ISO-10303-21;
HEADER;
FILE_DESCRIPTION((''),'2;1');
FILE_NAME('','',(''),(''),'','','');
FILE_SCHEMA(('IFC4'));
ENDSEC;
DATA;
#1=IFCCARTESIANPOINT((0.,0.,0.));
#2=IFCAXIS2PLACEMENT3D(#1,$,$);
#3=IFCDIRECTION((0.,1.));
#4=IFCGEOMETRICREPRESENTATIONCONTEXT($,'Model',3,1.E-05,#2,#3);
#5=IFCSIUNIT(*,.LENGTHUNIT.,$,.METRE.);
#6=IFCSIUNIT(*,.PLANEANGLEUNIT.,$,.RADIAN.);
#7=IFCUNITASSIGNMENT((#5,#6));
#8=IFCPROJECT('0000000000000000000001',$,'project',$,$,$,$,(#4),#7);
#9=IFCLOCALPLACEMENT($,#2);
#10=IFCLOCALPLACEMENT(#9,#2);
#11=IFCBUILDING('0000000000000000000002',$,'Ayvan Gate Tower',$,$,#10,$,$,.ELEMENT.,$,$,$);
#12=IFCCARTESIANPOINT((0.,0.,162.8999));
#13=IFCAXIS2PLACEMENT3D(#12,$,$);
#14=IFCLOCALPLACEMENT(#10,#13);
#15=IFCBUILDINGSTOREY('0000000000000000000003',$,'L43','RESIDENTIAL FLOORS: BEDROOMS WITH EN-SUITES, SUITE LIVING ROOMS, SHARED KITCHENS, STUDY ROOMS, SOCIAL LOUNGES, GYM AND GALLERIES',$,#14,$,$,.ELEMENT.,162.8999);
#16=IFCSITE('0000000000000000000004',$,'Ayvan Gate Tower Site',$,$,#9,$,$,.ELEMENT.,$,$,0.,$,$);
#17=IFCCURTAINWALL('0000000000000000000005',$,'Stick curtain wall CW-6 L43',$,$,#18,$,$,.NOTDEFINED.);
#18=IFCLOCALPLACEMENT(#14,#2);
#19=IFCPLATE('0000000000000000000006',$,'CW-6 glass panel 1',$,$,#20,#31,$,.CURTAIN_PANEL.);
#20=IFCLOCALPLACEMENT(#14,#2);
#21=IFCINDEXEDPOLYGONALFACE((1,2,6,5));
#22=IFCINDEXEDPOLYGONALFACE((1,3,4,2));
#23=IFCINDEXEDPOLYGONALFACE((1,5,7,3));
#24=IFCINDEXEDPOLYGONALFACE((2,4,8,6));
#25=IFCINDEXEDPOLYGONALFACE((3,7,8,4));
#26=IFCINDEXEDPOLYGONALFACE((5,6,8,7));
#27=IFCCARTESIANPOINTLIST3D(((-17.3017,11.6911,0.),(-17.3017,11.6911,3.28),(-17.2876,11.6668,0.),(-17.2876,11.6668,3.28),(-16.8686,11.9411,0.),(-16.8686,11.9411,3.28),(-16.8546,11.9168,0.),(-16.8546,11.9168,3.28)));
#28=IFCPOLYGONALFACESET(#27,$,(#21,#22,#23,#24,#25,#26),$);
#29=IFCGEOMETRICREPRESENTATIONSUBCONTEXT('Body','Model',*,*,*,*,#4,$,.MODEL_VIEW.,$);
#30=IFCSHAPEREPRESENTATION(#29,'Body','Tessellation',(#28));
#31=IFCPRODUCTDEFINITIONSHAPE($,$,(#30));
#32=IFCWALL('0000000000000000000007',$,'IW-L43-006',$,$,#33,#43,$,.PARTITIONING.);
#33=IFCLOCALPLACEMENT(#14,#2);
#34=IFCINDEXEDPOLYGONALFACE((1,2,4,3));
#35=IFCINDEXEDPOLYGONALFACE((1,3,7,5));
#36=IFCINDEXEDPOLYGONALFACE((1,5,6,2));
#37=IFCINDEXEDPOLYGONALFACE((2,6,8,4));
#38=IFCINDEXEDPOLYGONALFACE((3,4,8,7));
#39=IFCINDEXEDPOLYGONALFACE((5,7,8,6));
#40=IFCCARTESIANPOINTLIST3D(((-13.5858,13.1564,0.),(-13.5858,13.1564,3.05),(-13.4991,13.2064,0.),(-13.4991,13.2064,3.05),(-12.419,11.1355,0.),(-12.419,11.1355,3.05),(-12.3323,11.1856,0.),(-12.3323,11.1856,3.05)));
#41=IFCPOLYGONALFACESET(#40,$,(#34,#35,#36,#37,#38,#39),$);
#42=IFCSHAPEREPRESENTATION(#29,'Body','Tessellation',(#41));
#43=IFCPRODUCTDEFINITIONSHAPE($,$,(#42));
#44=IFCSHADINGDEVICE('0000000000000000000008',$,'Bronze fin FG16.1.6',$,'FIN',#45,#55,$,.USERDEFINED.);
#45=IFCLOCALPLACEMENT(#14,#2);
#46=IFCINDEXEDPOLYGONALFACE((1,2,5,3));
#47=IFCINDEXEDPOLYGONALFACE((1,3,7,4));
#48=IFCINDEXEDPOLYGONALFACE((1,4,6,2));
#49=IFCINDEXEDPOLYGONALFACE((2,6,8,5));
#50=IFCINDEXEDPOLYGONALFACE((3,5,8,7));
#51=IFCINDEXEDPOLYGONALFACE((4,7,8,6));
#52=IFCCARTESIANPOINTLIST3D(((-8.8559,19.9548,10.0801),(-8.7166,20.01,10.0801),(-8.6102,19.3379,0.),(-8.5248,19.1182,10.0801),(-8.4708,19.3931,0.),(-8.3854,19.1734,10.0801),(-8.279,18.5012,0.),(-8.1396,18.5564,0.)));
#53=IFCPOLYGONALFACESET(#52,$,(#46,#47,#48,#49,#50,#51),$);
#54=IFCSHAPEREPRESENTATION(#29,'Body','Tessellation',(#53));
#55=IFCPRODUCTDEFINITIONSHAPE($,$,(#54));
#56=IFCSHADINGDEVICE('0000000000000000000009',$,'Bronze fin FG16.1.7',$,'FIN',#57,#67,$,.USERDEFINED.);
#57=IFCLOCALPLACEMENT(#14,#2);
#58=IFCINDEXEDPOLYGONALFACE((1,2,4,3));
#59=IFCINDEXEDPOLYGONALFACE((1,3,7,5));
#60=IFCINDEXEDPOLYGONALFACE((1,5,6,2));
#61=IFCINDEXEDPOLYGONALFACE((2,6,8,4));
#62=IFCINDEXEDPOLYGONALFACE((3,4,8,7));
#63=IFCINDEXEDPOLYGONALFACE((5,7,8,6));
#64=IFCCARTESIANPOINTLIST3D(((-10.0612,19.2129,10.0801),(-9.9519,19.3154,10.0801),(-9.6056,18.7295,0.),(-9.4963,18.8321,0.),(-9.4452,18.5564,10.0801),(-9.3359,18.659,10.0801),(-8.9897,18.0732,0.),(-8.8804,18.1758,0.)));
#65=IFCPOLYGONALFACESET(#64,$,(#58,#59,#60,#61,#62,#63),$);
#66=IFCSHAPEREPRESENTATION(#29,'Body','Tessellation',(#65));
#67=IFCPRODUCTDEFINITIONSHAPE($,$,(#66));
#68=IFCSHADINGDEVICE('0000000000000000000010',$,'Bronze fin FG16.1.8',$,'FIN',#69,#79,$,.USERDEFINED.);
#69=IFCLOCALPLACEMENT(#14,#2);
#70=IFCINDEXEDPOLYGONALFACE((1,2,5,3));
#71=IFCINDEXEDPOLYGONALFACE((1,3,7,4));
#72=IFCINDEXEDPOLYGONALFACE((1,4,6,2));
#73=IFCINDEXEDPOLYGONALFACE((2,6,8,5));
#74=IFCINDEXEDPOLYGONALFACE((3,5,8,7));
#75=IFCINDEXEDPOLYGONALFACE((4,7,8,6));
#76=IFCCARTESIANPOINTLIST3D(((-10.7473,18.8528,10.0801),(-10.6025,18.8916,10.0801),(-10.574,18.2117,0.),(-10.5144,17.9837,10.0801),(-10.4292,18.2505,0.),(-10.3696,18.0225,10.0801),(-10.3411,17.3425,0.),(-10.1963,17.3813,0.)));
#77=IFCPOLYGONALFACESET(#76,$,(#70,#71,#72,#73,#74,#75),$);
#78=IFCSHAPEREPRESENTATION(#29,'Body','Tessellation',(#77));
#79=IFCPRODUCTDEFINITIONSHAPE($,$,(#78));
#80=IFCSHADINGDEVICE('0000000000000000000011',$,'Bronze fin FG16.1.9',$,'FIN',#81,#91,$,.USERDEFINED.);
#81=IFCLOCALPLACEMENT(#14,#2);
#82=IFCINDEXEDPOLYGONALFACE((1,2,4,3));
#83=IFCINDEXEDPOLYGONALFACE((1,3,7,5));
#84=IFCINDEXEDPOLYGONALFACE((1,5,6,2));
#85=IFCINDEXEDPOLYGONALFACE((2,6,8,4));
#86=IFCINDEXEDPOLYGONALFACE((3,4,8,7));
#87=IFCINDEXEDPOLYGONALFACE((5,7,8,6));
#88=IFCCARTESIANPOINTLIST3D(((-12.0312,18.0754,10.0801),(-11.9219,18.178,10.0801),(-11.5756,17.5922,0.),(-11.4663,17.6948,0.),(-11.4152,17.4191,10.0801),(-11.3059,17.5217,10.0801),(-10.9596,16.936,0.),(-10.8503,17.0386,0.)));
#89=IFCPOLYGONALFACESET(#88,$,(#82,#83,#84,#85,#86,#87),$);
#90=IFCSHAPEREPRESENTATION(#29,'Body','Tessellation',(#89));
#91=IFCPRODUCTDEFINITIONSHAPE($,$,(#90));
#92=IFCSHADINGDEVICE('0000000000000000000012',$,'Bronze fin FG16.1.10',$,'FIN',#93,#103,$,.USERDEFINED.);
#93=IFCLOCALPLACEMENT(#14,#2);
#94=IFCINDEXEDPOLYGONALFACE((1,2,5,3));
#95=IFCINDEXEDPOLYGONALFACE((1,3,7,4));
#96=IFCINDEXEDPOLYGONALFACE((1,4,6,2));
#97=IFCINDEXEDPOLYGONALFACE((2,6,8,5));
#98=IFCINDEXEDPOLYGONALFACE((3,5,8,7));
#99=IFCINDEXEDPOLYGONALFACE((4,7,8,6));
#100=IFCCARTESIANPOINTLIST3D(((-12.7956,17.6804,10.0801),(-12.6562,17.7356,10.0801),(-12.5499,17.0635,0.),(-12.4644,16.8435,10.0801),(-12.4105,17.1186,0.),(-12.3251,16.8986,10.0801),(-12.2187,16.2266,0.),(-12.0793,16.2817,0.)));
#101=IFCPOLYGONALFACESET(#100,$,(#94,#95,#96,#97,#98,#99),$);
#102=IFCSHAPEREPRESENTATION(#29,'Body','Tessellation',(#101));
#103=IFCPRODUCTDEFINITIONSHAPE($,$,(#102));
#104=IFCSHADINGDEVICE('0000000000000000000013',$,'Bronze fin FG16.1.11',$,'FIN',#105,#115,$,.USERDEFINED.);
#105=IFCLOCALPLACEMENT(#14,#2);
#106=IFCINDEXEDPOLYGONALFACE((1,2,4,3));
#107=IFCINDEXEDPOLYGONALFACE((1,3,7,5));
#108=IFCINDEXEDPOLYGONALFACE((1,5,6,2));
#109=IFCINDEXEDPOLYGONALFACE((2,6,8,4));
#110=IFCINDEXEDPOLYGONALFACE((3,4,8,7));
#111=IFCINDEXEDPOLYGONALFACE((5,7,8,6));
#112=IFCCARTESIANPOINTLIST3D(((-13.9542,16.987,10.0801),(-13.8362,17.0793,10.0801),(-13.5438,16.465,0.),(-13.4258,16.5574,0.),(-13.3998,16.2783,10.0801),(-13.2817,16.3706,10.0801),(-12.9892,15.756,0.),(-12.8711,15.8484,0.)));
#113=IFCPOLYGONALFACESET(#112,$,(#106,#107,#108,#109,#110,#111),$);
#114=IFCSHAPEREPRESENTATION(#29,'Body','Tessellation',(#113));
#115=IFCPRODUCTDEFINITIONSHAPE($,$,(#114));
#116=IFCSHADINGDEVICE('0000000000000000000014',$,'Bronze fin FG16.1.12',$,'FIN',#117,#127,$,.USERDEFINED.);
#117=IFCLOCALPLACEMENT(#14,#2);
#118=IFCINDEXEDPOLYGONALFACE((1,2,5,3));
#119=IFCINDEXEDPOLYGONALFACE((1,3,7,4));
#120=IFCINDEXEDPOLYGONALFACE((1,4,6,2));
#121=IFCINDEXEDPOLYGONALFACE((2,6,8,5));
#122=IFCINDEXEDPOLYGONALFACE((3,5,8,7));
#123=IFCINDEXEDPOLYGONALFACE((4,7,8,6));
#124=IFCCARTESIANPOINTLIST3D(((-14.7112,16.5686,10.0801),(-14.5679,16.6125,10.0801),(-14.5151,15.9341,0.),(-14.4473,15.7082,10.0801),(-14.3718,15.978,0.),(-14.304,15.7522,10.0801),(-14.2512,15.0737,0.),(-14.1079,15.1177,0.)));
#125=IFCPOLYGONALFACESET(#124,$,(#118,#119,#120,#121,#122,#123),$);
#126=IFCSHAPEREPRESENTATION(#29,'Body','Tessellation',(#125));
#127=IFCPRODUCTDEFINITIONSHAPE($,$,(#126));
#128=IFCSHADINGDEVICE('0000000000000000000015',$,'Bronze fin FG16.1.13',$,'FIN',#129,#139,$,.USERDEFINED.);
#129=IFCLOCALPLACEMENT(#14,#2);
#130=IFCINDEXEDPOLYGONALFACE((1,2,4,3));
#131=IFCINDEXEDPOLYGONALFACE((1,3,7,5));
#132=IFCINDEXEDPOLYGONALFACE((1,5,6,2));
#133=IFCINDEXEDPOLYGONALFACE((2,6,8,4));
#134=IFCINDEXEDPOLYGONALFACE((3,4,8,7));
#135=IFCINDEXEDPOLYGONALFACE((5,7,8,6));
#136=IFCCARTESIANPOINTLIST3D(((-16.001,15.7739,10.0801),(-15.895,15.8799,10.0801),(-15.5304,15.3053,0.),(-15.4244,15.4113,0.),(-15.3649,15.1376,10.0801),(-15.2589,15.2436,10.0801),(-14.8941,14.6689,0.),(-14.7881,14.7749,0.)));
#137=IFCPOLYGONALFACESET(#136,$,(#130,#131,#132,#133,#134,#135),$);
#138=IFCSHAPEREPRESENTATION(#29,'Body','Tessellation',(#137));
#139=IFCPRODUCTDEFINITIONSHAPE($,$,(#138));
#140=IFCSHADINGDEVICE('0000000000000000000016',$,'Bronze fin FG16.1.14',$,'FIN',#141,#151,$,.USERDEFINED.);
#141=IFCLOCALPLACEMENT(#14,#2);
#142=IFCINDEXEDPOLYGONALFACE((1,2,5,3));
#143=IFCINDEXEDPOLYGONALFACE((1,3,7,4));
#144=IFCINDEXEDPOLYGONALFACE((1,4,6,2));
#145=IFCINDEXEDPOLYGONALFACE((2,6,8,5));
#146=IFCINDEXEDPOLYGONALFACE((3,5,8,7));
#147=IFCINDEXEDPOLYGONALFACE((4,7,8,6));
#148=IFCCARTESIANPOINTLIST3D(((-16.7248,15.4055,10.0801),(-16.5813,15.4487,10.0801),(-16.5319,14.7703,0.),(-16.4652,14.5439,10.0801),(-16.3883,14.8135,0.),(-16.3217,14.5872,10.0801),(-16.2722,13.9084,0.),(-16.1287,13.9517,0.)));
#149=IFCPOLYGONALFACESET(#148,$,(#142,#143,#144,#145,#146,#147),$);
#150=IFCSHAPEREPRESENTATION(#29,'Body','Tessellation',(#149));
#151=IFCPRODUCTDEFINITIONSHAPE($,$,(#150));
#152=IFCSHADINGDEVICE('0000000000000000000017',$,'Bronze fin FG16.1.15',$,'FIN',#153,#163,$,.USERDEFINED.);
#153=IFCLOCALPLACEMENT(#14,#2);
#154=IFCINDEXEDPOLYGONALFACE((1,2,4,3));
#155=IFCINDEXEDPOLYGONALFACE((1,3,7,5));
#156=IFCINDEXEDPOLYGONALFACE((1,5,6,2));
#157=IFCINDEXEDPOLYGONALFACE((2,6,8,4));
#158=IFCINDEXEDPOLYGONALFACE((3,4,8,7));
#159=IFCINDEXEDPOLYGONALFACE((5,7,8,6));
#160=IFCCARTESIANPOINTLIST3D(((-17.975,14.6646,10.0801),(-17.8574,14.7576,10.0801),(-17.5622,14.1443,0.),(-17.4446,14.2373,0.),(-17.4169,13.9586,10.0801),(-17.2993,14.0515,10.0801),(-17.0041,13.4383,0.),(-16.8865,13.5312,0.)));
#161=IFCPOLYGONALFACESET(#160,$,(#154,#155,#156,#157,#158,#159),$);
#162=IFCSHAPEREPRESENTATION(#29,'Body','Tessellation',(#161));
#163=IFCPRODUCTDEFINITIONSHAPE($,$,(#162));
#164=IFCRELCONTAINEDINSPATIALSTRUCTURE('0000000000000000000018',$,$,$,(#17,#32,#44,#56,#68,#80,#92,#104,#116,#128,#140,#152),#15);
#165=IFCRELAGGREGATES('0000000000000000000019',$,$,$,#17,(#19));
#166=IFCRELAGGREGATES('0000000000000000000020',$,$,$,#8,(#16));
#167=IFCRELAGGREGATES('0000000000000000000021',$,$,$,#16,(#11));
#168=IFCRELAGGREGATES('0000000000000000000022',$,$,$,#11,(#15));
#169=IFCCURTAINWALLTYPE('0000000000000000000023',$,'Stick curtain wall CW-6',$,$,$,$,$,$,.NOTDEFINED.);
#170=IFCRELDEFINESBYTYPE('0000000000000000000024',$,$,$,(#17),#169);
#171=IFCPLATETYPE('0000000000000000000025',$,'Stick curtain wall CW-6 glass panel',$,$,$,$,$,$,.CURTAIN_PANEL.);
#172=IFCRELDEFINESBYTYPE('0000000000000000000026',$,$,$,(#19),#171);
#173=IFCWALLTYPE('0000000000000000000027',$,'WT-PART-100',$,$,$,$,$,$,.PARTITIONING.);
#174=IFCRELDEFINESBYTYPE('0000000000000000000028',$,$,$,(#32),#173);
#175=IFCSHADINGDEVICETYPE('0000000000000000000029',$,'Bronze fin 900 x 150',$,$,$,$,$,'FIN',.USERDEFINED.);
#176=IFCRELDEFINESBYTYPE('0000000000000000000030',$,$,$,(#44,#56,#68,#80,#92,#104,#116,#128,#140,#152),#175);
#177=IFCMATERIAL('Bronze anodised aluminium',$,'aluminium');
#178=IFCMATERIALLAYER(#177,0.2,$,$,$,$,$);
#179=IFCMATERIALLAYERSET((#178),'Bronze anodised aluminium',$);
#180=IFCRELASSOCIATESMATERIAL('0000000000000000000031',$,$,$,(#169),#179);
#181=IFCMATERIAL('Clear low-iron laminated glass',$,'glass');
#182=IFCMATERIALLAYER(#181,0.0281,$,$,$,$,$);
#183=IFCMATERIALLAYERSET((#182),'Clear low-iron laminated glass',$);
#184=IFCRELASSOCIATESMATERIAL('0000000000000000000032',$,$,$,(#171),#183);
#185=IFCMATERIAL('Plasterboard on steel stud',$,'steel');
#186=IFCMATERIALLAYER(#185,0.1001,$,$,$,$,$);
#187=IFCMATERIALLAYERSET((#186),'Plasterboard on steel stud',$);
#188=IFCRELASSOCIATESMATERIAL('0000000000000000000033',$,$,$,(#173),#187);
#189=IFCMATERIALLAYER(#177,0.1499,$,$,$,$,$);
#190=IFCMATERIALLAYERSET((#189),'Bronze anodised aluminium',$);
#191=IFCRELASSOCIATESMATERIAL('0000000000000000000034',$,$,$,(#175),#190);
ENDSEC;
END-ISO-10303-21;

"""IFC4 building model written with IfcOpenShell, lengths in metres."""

from ifc_helpers import new_model, si_unit, direction, frame, frame_2d, origin, origin_2d, place, context, subcontext, project, spatial, polyline, rectangle, outline, extrude, material, layer, layer_set, type_object, element, aggregate, save


model = new_model("IFC4")

# Units and contexts
model_context = context("Model", 3, precision=1e-05, world=origin(), true_north=direction((0.0, 1.0)))
body_context = subcontext(model_context, "Body", "Model", "MODEL_VIEW")
ifc_project = project(units=[si_unit("LENGTHUNIT", "METRE"), si_unit("PLANEANGLEUNIT", "RADIAN")], contexts=[model_context])

# Site, building, storey
site_placement = place(None, origin())
site = spatial("IfcSite", under=ifc_project, at=site_placement, Name="Ayvan Gate Tower Site", CompositionType="ELEMENT", RefElevation=0.0)
building_placement = place(site_placement, origin())
building = spatial("IfcBuilding", under=site, at=building_placement, Name="Ayvan Gate Tower", CompositionType="ELEMENT")
storey_placement = place(building_placement, frame((0.0, 0.0, 162.8999)))
storey = spatial("IfcBuildingStorey", under=building, at=storey_placement, Name="L43", Description="RESIDENTIAL FLOORS: BEDROOMS WITH EN-SUITES, SUITE LIVING ROOMS, SHARED KITCHENS, STUDY ROOMS, SOCIAL LOUNGES, GYM AND GALLERIES", CompositionType="ELEMENT", Elevation=162.8999)

# Shared definitions
ifc_material_1 = material(Name="Bronze anodised aluminium", Category="aluminium")

# Curtain wall
ifc_layer_1 = layer(ifc_material_1, 0.2)
ifc_layer_set_1 = layer_set([ifc_layer_1], Name="Bronze anodised aluminium")
curtain_wall_type_1 = type_object("IfcCurtainWallType", Name="Stick curtain wall CW-6", PredefinedType="NOTDEFINED", material=ifc_layer_set_1)
curtain_wall_1_placement = place(storey_placement, origin())
curtain_wall_1 = element("IfcCurtainWall", 1, at=curtain_wall_1_placement, inside=storey, type_object=curtain_wall_type_1, Name="Stick curtain wall CW-6 L43", PredefinedType="NOTDEFINED")

# Plate
ifc_material_2 = material(Name="Clear low-iron laminated glass", Category="glass")
ifc_layer_2 = layer(ifc_material_2, 0.0281)
ifc_layer_set_2 = layer_set([ifc_layer_2], Name="Clear low-iron laminated glass")
plate_type_1 = type_object("IfcPlateType", Name="Stick curtain wall CW-6 glass panel", PredefinedType="CURTAIN_PANEL", material=ifc_layer_set_2)
plate_1_placement = place(storey_placement, frame((-17.0781, 11.804, 0.0), z_axis=(0.0, 0.0, 1.0), x_axis=(-0.866025, -0.5, 0.0)))
plate_1 = element("IfcPlate", 2, at=plate_1_placement, type_object=plate_type_1, Name="CW-6 glass panel 1", PredefinedType="CURTAIN_PANEL", context=body_context, shape_type="SweptSolid", body=[
    extrude(rectangle(XDim=0.5, YDim=0.0281, at=origin_2d()), origin(), (0.0, 0.0, 1.0), 3.28),
])
aggregate(curtain_wall_1, [plate_1])

# Wall
ifc_material_3 = material(Name="Plasterboard on steel stud", Category="steel")
ifc_layer_3 = layer(ifc_material_3, 0.1001)
ifc_layer_set_3 = layer_set([ifc_layer_3], Name="Plasterboard on steel stud")
wall_type = type_object("IfcWallType", Name="WT-PART-100", PredefinedType="PARTITIONING", material=ifc_layer_set_3)
wall_placement = place(storey_placement, frame((-13.5425, 13.1814, 0.0), z_axis=(0.0, 0.0, 1.0), x_axis=(0.500021, -0.866013, 0.0)))
element("IfcWall", 3, at=wall_placement, inside=storey, type_object=wall_type, Name="IW-L43-006", PredefinedType="PARTITIONING", context=body_context, shape_type="SweptSolid", body=[
    extrude(rectangle(XDim=2.3335, YDim=0.1001, at=frame_2d((1.1667, 0.0))), origin(), (0.0, 0.0, 1.0), 3.05),
])

# Shading devices
ifc_layer_4 = layer(ifc_material_1, 0.1499)
ifc_layer_set_4 = layer_set([ifc_layer_4], Name="Bronze anodised aluminium")
shading_device_type = type_object("IfcShadingDeviceType", Name="Bronze fin 900 x 150", ElementType="FIN", PredefinedType="USERDEFINED", material=ifc_layer_set_4)
shading_device_1_placement = place(storey_placement, frame((-8.1396, 18.5564, 0.0), z_axis=(0.929809, 0.368044, 0.000141), x_axis=(-0.368044, 0.929809, 0.0)))
element("IfcShadingDevice", 4, at=shading_device_1_placement, inside=storey, type_object=shading_device_type, Name="Bronze fin FG16.1.6", ObjectType="FIN", PredefinedType="USERDEFINED", context=body_context, shape_type="SweptSolid", body=[
    extrude(outline(polyline([(0.0, 0.0), (0.8999, 0.0), (1.5639, 10.0801), (0.6641, 10.0801), (0.0, 0.0)])), origin(), (0.0, 0.0, -1.0), 0.1499),
])
shading_device_2_placement = place(storey_placement, frame((-8.8804, 18.1758, 0.0), z_axis=(0.729195, 0.684306, 0.000148), x_axis=(-0.684306, 0.729195, 0.0)))
element("IfcShadingDevice", 5, at=shading_device_2_placement, inside=storey, type_object=shading_device_type, Name="Bronze fin FG16.1.7", ObjectType="FIN", PredefinedType="USERDEFINED", context=body_context, shape_type="SweptSolid", body=[
    extrude(outline(polyline([(0.0, 0.0), (0.9, 0.0), (1.5643, 10.0801), (0.6641, 10.0801), (0.0, 0.0)])), origin(), (0.0, 0.0, -1.0), 0.1499),
])
shading_device_3_placement = place(storey_placement, frame((-10.1963, 17.3813, 0.0), z_axis=(0.965919, 0.258845, 0.000147), x_axis=(-0.258845, 0.965919, 0.0)))
element("IfcShadingDevice", 6, at=shading_device_3_placement, inside=storey, type_object=shading_device_type, Name="Bronze fin FG16.1.8", ObjectType="FIN", PredefinedType="USERDEFINED", context=body_context, shape_type="SweptSolid", body=[
    extrude(outline(polyline([(0.0, 0.0), (0.8998, 0.0), (1.5639, 10.0801), (0.6641, 10.0801), (0.0, 0.0)])), origin(), (0.0, 0.0, -1.0), 0.1499),
])
shading_device_4_placement = place(storey_placement, frame((-10.8503, 17.0386, 0.0), z_axis=(0.729131, 0.684374, 0.00015), x_axis=(-0.684374, 0.729131, 0.0)))
element("IfcShadingDevice", 7, at=shading_device_4_placement, inside=storey, type_object=shading_device_type, Name="Bronze fin FG16.1.9", ObjectType="FIN", PredefinedType="USERDEFINED", context=body_context, shape_type="SweptSolid", body=[
    extrude(outline(polyline([(0.0, 0.0), (0.9, 0.0), (1.5641, 10.0801), (0.6641, 10.0801), (0.0, 0.0)])), origin(), (0.0, 0.0, -1.0), 0.1499),
])
shading_device_5_placement = place(storey_placement, frame((-12.0793, 16.2817, 0.0), z_axis=(0.929845, 0.367951, 0.000147), x_axis=(-0.367951, 0.929845, 0.0)))
element("IfcShadingDevice", 8, at=shading_device_5_placement, inside=storey, type_object=shading_device_type, Name="Bronze fin FG16.1.10", ObjectType="FIN", PredefinedType="USERDEFINED", context=body_context, shape_type="SweptSolid", body=[
    extrude(outline(polyline([(0.0, 0.0), (0.9, 0.0), (1.5641, 10.0801), (0.664, 10.0801), (0.0, 0.0)])), origin(), (0.0, 0.0, -1.0), 0.1499),
])
shading_device_6_placement = place(storey_placement, frame((-12.8711, 15.8484, 0.0), z_axis=(0.787611, 0.616173, 0.000162), x_axis=(-0.616173, 0.787611, 0.0)))
element("IfcShadingDevice", 9, at=shading_device_6_placement, inside=storey, type_object=shading_device_type, Name="Bronze fin FG16.1.11", ObjectType="FIN", PredefinedType="USERDEFINED", context=body_context, shape_type="SweptSolid", body=[
    extrude(outline(polyline([(0.0, 0.0), (0.9002, 0.0), (1.5642, 10.0801), (0.6643, 10.0801), (0.0, 0.0)])), origin(), (0.0, 0.0, -1.0), 0.1499),
])
shading_device_7_placement = place(storey_placement, frame((-14.1079, 15.1177, 0.0), z_axis=(0.956031, 0.293266, 0.000133), x_axis=(-0.293266, 0.956031, 0.0)))
element("IfcShadingDevice", 10, at=shading_device_7_placement, inside=storey, type_object=shading_device_type, Name="Bronze fin FG16.1.12", ObjectType="FIN", PredefinedType="USERDEFINED", context=body_context, shape_type="SweptSolid", body=[
    extrude(outline(polyline([(0.0, 0.0), (0.8999, 0.0), (1.564, 10.0801), (0.6641, 10.0801), (0.0, 0.0)])), origin(), (0.0, 0.0, -1.0), 0.1499),
])
shading_device_8_placement = place(storey_placement, frame((-14.7881, 14.7749, 0.0), z_axis=(0.707175, 0.707039, 0.000152), x_axis=(-0.707039, 0.707175, 0.0)))
element("IfcShadingDevice", 11, at=shading_device_8_placement, inside=storey, type_object=shading_device_type, Name="Bronze fin FG16.1.13", ObjectType="FIN", PredefinedType="USERDEFINED", context=body_context, shape_type="SweptSolid", body=[
    extrude(outline(polyline([(0.0, 0.0), (0.8999, 0.0), (1.5641, 10.0801), (0.6643, 10.0801), (0.0, 0.0)])), origin(), (0.0, 0.0, -1.0), 0.1499),
])
shading_device_9_placement = place(storey_placement, frame((-16.1287, 13.9517, 0.0), z_axis=(0.957478, 0.288505, 0.000147), x_axis=(-0.288505, 0.957478, 0.0)))
element("IfcShadingDevice", 12, at=shading_device_9_placement, inside=storey, type_object=shading_device_type, Name="Bronze fin FG16.1.14", ObjectType="FIN", PredefinedType="USERDEFINED", context=body_context, shape_type="SweptSolid", body=[
    extrude(outline(polyline([(0.0, 0.0), (0.9001, 0.0), (1.564, 10.0801), (0.6642, 10.0801), (0.0, 0.0)])), origin(), (0.0, 0.0, -1.0), 0.1499),
])
shading_device_10_placement = place(storey_placement, frame((-16.8865, 13.5312, 0.0), z_axis=(0.784508, 0.620119, 0.000124), x_axis=(-0.620119, 0.784508, 0.0)))
element("IfcShadingDevice", 13, at=shading_device_10_placement, inside=storey, type_object=shading_device_type, Name="Bronze fin FG16.1.15", ObjectType="FIN", PredefinedType="USERDEFINED", context=body_context, shape_type="SweptSolid", body=[
    extrude(outline(polyline([(0.0, 0.0), (0.9, 0.0), (1.5642, 10.0801), (0.6642, 10.0801), (0.0, 0.0)])), origin(), (0.0, 0.0, -1.0), 0.1499),
])

save(model, "model.ifc")
